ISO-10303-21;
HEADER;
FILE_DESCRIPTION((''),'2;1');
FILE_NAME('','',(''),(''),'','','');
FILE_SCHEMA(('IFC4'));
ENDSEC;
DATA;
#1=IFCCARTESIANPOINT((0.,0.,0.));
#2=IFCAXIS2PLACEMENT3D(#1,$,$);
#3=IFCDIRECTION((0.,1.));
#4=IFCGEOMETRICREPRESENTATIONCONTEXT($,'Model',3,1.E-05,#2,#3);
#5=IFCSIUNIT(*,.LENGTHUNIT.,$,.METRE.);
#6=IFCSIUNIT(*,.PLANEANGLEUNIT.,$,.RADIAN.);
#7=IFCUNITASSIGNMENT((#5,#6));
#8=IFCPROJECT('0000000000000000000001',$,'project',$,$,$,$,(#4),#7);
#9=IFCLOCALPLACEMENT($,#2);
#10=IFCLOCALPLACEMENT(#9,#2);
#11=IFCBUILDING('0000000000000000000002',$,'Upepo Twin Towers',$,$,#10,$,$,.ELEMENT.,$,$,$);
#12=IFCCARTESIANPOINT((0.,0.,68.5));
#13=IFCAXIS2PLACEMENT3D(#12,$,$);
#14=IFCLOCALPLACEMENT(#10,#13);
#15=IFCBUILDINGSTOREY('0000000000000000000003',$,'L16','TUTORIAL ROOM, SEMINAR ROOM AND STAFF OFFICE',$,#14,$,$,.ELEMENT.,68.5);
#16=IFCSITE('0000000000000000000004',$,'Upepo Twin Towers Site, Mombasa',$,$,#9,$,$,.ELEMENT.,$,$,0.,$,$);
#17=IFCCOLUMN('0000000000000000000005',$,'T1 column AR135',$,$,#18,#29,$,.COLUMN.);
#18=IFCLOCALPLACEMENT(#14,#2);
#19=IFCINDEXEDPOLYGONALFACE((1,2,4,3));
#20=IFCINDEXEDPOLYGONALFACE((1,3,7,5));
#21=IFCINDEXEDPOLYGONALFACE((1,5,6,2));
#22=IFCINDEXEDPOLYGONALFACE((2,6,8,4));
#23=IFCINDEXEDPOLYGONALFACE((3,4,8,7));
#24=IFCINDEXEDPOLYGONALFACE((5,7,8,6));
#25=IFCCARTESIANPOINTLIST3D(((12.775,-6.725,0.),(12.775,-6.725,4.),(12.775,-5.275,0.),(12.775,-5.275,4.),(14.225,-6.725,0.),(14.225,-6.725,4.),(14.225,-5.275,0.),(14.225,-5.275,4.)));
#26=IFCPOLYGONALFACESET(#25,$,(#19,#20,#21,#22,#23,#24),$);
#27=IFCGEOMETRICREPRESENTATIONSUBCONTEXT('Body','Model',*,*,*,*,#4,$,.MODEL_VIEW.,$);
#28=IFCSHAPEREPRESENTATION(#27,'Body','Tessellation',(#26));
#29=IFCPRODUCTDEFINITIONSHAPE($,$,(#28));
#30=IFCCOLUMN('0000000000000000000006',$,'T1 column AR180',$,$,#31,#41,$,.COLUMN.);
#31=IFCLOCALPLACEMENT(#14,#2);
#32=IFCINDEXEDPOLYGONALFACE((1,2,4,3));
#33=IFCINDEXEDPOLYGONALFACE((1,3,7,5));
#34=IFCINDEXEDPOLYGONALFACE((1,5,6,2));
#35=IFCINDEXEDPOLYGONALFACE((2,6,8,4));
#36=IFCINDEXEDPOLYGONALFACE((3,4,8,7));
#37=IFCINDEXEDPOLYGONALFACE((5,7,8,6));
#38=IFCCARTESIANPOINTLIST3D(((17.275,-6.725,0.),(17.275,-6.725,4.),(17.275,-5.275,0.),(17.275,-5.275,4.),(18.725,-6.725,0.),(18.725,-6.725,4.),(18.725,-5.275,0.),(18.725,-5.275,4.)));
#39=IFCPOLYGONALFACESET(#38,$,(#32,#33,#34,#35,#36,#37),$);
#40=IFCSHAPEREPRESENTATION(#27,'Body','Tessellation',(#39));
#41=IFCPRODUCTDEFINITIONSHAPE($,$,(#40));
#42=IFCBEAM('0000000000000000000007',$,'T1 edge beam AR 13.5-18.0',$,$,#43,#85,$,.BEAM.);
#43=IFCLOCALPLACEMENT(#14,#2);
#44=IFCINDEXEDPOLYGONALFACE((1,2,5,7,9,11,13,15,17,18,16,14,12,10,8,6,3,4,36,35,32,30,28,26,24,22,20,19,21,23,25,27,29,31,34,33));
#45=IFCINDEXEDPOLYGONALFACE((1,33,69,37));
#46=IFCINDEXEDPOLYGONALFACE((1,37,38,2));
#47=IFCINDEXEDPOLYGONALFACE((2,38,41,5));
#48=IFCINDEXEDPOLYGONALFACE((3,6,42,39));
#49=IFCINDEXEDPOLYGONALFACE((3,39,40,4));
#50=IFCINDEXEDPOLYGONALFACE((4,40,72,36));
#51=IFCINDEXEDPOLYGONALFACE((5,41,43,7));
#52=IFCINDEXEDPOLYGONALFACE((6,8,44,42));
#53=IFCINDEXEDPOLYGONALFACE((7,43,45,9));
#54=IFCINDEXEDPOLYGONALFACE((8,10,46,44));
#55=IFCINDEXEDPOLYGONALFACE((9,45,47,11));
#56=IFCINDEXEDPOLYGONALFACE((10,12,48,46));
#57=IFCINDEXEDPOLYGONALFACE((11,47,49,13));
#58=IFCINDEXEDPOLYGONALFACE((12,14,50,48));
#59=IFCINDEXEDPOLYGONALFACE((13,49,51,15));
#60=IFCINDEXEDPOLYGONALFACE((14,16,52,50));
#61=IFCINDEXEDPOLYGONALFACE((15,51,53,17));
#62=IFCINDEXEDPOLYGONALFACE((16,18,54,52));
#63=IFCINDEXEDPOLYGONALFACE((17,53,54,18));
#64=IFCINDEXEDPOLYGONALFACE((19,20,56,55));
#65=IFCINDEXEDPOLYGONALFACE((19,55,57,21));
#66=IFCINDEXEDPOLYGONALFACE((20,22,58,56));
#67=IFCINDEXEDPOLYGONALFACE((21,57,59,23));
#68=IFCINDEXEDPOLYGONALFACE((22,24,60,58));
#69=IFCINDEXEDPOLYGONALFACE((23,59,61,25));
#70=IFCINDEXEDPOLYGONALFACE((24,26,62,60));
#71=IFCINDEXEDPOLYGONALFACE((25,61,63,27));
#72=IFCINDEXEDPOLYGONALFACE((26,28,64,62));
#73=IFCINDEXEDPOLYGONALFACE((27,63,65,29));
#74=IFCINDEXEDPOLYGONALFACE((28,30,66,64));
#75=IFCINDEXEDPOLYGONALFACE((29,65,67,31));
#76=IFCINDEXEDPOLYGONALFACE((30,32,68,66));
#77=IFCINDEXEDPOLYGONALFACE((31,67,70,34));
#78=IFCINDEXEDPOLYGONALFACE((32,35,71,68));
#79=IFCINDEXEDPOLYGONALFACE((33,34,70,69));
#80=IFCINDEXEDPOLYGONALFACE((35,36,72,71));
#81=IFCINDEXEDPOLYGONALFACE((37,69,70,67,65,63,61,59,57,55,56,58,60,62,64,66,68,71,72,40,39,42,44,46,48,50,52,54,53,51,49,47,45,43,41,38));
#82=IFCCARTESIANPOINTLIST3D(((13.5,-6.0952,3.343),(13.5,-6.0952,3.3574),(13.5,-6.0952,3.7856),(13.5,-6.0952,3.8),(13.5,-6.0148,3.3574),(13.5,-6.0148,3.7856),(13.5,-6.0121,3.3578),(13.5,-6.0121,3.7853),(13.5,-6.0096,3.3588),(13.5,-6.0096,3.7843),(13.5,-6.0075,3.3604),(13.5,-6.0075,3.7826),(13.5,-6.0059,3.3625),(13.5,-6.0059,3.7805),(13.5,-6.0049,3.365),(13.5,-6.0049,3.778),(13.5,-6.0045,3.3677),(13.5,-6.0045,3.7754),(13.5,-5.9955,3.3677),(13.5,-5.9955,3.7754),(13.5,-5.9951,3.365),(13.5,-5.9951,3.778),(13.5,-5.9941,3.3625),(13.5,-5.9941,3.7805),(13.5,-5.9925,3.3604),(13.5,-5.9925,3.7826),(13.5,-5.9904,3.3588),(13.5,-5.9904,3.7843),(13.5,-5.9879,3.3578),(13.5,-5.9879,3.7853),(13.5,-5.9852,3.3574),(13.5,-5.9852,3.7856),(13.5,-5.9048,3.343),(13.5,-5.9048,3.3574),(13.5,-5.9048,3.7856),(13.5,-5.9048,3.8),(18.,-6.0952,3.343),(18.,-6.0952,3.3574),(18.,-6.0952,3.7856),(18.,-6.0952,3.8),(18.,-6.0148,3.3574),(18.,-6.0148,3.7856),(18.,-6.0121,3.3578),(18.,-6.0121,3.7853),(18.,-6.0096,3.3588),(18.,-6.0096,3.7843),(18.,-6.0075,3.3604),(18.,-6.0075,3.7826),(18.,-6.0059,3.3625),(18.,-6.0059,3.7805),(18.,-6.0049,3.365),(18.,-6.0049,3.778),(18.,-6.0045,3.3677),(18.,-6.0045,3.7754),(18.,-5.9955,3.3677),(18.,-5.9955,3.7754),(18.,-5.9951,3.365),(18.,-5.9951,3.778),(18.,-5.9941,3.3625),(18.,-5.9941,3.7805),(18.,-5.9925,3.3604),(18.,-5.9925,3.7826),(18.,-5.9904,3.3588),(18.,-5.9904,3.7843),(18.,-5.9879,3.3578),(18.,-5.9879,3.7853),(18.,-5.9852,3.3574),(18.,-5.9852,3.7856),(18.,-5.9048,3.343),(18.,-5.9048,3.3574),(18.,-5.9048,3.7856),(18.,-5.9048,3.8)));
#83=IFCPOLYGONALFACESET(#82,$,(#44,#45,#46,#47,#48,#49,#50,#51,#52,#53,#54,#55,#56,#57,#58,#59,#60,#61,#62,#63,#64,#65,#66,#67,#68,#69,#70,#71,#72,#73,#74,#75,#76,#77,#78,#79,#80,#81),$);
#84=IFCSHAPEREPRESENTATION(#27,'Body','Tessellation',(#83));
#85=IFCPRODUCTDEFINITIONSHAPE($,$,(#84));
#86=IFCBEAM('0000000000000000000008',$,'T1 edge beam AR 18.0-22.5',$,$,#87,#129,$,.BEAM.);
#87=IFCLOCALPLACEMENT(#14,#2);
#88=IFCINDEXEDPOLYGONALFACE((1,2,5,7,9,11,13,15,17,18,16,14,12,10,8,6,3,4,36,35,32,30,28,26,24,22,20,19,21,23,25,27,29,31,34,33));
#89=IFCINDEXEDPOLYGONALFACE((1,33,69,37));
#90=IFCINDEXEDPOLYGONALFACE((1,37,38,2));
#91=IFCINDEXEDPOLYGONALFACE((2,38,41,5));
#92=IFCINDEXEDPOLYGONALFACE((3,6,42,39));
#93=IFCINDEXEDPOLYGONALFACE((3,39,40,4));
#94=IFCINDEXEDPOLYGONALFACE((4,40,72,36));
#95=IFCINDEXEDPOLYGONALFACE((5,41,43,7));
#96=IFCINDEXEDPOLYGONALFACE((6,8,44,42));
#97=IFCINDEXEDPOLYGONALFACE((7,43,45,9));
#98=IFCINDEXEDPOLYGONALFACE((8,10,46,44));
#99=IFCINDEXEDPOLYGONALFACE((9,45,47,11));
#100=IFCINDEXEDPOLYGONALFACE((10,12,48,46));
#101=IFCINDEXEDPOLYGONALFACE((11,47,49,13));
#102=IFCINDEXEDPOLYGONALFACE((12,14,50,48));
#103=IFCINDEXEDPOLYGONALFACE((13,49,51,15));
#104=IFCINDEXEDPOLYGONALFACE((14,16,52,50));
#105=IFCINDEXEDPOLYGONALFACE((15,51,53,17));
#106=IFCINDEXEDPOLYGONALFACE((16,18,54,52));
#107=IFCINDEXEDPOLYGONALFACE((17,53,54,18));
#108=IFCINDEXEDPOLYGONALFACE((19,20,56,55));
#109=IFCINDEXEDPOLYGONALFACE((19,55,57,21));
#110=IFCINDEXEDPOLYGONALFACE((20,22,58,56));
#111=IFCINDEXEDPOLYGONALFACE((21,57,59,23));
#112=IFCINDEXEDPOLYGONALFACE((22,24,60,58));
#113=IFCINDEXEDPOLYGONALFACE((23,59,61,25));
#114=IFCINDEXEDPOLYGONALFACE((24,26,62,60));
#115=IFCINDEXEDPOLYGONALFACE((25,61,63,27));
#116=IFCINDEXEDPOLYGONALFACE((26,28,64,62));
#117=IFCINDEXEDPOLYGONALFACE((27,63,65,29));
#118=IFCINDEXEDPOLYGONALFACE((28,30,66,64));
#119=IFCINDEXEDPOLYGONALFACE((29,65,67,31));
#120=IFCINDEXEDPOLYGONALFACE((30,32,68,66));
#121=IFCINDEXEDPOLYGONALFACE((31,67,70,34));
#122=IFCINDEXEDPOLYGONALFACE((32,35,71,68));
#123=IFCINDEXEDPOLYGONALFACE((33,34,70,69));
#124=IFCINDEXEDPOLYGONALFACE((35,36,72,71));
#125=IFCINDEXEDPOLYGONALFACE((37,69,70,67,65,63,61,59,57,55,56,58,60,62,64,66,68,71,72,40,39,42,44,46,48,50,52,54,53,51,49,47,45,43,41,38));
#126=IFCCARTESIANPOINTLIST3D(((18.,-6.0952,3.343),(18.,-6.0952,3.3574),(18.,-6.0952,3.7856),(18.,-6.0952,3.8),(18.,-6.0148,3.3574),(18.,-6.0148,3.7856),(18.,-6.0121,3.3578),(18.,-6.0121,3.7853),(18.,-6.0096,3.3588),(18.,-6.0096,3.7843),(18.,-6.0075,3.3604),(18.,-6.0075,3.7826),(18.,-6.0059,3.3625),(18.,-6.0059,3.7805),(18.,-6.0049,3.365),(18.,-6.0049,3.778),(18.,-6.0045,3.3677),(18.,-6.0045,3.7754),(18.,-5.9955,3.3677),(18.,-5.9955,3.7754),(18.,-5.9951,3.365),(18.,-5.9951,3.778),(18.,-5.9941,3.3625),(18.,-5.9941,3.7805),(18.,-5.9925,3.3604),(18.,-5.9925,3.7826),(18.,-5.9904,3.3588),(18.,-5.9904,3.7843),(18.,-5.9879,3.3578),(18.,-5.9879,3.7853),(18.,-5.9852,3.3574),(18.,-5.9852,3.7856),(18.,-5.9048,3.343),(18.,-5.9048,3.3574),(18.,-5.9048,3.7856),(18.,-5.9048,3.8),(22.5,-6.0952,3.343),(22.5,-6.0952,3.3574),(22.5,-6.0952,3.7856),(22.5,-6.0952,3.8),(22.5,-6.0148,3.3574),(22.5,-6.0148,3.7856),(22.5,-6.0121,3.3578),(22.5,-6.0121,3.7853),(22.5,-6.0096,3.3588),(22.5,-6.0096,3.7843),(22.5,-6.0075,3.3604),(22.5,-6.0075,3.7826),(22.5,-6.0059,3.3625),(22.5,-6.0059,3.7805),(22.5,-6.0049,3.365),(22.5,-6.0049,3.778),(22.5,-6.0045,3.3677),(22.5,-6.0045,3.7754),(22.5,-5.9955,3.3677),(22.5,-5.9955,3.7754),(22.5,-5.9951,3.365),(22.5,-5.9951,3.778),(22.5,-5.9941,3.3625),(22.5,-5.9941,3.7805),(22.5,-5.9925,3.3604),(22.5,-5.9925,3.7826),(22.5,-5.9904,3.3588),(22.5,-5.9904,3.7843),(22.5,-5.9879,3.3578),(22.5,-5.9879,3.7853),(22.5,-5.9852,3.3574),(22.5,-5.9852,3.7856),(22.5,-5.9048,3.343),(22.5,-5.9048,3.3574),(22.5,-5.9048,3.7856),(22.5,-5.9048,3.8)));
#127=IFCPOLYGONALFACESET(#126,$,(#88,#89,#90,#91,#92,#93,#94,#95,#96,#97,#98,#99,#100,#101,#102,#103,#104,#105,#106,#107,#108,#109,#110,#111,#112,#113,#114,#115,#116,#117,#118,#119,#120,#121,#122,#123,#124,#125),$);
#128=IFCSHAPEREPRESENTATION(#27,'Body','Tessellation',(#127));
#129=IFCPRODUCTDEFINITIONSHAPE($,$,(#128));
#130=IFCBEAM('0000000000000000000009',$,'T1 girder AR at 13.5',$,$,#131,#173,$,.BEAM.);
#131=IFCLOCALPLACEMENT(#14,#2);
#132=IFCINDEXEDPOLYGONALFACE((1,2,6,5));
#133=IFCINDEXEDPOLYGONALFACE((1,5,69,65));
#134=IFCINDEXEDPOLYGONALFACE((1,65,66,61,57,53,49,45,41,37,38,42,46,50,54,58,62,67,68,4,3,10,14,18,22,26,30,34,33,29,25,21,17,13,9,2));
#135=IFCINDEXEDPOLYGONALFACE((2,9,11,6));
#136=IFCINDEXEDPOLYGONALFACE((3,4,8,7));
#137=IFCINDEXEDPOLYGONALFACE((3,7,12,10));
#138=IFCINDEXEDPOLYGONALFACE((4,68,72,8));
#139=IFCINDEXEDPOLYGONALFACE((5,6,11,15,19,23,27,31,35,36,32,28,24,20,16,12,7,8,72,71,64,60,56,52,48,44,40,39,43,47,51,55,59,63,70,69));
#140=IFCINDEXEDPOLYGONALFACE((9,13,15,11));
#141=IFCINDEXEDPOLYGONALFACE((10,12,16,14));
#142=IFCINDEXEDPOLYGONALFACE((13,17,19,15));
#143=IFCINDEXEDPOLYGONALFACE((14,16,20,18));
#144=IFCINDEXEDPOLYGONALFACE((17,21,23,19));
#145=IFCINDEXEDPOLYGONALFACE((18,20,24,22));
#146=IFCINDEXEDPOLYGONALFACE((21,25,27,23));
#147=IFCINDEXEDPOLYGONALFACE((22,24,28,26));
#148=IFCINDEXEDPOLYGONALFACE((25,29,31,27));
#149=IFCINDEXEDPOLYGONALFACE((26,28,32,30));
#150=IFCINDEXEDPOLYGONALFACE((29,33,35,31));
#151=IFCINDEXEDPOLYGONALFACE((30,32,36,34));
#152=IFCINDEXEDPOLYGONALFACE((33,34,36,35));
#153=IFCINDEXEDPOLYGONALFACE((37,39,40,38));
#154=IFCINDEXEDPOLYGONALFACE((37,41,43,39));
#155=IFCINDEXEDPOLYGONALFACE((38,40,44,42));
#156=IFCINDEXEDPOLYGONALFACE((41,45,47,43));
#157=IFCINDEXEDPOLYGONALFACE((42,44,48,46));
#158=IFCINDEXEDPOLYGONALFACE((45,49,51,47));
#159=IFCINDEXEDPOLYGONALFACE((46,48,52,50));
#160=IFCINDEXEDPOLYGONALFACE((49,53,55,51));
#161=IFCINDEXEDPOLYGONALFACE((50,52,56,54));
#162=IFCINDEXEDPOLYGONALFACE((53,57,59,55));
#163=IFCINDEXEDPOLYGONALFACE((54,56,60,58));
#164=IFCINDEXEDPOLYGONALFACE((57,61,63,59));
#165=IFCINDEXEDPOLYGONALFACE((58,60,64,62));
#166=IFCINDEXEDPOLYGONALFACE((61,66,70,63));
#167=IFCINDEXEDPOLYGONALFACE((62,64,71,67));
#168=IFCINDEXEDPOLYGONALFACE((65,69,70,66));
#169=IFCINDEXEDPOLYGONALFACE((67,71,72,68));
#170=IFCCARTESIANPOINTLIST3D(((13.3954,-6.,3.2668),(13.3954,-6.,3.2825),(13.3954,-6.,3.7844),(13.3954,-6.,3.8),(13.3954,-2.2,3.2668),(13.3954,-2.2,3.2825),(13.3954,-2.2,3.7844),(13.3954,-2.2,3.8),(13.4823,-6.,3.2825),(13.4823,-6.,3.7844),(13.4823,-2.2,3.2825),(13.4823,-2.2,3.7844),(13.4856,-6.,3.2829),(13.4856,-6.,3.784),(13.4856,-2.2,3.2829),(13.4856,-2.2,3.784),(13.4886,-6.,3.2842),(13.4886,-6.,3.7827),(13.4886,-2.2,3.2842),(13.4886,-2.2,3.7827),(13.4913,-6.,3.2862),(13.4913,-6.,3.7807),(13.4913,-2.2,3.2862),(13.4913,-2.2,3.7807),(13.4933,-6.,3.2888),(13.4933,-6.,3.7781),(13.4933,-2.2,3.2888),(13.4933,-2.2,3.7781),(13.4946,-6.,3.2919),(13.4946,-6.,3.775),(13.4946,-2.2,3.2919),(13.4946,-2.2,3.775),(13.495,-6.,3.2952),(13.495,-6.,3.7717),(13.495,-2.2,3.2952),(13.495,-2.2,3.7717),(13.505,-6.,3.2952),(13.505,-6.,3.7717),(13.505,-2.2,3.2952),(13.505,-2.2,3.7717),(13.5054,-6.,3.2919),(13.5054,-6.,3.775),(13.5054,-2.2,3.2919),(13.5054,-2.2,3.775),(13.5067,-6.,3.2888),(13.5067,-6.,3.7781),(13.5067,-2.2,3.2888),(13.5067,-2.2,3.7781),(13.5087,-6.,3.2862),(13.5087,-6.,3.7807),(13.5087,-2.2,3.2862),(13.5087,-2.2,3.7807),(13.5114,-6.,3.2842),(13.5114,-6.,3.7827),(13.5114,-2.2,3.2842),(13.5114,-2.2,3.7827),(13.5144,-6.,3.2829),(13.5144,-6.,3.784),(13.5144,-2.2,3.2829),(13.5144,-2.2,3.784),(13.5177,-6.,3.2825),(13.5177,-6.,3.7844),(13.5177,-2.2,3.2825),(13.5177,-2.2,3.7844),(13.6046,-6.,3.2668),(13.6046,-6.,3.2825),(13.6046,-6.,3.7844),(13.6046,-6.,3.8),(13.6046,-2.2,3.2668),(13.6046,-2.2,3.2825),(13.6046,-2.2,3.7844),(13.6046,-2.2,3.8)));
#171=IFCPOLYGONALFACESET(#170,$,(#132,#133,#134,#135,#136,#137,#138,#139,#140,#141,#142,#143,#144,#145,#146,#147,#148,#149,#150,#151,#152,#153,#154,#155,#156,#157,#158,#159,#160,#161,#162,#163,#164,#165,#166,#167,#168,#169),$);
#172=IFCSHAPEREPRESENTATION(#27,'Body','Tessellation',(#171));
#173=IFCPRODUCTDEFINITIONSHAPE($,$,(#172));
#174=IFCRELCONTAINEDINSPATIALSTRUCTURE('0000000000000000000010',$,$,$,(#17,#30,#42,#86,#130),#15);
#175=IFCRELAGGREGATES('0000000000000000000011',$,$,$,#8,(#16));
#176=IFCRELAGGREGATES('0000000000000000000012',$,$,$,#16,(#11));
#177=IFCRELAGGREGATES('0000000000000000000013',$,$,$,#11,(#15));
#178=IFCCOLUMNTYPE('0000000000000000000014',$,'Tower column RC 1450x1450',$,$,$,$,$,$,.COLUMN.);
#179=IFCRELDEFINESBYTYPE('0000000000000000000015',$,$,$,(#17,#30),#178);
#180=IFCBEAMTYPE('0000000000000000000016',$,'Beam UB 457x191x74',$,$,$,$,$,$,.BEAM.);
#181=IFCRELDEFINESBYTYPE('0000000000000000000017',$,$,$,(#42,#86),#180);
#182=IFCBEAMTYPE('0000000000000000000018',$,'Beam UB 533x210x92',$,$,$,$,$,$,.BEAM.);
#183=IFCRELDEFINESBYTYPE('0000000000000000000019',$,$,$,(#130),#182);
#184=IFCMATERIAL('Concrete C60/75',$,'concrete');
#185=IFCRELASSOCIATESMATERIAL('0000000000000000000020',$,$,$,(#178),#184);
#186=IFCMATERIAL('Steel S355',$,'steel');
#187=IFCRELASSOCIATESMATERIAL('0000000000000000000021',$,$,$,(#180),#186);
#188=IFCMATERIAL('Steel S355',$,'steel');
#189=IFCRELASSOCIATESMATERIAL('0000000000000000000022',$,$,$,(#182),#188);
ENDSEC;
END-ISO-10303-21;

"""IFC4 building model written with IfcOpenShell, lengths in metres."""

from ifc_helpers import new_model, si_unit, direction, frame, origin, origin_2d, place, context, subcontext, project, spatial, rectangle, i_section, extrude, material, material_profile, profile_set, type_object, element, save


model = new_model("IFC4")

# Units and contexts
model_context = context("Model", 3, precision=1e-05, world=origin(), true_north=direction((0.0, 1.0)))
body_context = subcontext(model_context, "Body", "Model", "MODEL_VIEW")
ifc_project = project(units=[si_unit("LENGTHUNIT", "METRE"), si_unit("PLANEANGLEUNIT", "RADIAN")], contexts=[model_context])

# Site, building, storey
site_placement = place(None, origin())
site = spatial("IfcSite", under=ifc_project, at=site_placement, Name="Upepo Twin Towers Site, Mombasa", CompositionType="ELEMENT", RefElevation=0.0)
building_placement = place(site_placement, origin())
building = spatial("IfcBuilding", under=site, at=building_placement, Name="Upepo Twin Towers", CompositionType="ELEMENT")
storey_placement = place(building_placement, frame((0.0, 0.0, 68.5)))
storey = spatial("IfcBuildingStorey", under=building, at=storey_placement, Name="L16", Description="TUTORIAL ROOM, SEMINAR ROOM AND STAFF OFFICE", CompositionType="ELEMENT", Elevation=68.5)

# Columns
ifc_material_1 = material(Name="Concrete C60/75", Category="concrete")
ifc_material_profile_1 = material_profile(ifc_material_1, rectangle(XDim=1.45, YDim=1.45, at=origin_2d()), Name="RC 1450x1450")
ifc_profile_set_1 = profile_set([ifc_material_profile_1], Name="Concrete C60/75")
column_type = type_object("IfcColumnType", Name="Tower column RC 1450x1450", PredefinedType="COLUMN", material=ifc_profile_set_1)
for number, where, z_axis, x_axis, name in (
    (1, (13.5, -6.0, 0.0), (0.0, 0.0, 1.0), (1.0, 0.0, 0.0), "T1 column AR135"),
    (2, (18.0, -6.0, 0.0), (0.0, 0.0, 1.0), (1.0, 0.0, 0.0), "T1 column AR180"),
):
    element("IfcColumn", number, at=place(storey_placement, frame(where, z_axis=z_axis, x_axis=x_axis)), inside=storey, type_object=column_type, Name=name, PredefinedType="COLUMN", context=body_context, shape_type="SweptSolid", body=[
        extrude(rectangle(XDim=1.45, YDim=1.45, at=origin_2d()), origin(), (0.0, 0.0, 1.0), 4.0),
    ])

# Beams
ifc_material_2 = material(Name="Steel S355", Category="steel")
ifc_material_profile_2 = material_profile(ifc_material_2, i_section(OverallWidth=0.1904, OverallDepth=0.457, WebThickness=0.009, FlangeThickness=0.0144, FilletRadius=0.0103, at=origin_2d()), Name="UB 457x191x74")
ifc_profile_set_2 = profile_set([ifc_material_profile_2], Name="Steel S355")
beam_type_1 = type_object("IfcBeamType", Name="Beam UB 457x191x74", PredefinedType="BEAM", material=ifc_profile_set_2)
for number, where, z_axis, x_axis, name in (
    (3, (13.5, -6.0, 3.5715), (1.0, 0.0, 0.0), (0.0, 1.0, 0.0), "T1 edge beam AR 13.5-18.0"),
    (4, (18.0, -6.0, 3.5715), (1.0, 0.0, 0.0), (0.0, 1.0, 0.0), "T1 edge beam AR 18.0-22.5"),
):
    element("IfcBeam", number, at=place(storey_placement, frame(where, z_axis=z_axis, x_axis=x_axis)), inside=storey, type_object=beam_type_1, Name=name, PredefinedType="BEAM", context=body_context, shape_type="SweptSolid", body=[
        extrude(i_section(OverallWidth=0.1904, OverallDepth=0.457, WebThickness=0.009, FlangeThickness=0.0144, FilletRadius=0.0103, at=origin_2d()), origin(), (0.0, 0.0, 1.0), 4.5),
    ])
ifc_material_3 = material(Name="Steel S355", Category="steel")
ifc_material_profile_3 = material_profile(ifc_material_3, i_section(OverallWidth=0.2092, OverallDepth=0.5332, WebThickness=0.01, FlangeThickness=0.0156, FilletRadius=0.0127, at=origin_2d()), Name="UB 533x210x92")
ifc_profile_set_3 = profile_set([ifc_material_profile_3], Name="Steel S355")
beam_type_2 = type_object("IfcBeamType", Name="Beam UB 533x210x92", PredefinedType="BEAM", material=ifc_profile_set_3)
for number, where, z_axis, x_axis, name in (
    (5, (13.5, -6.0, 3.5334), (0.0, 1.0, 0.0), (-1.0, 0.0, 0.0), "T1 girder AR at 13.5"),
):
    element("IfcBeam", number, at=place(storey_placement, frame(where, z_axis=z_axis, x_axis=x_axis)), inside=storey, type_object=beam_type_2, Name=name, PredefinedType="BEAM", context=body_context, shape_type="SweptSolid", body=[
        extrude(i_section(OverallWidth=0.2092, OverallDepth=0.5332, WebThickness=0.01, FlangeThickness=0.0156, FilletRadius=0.0127, at=origin_2d()), origin(), (0.0, 0.0, 1.0), 3.8),
    ])

save(model, "model.ifc")
